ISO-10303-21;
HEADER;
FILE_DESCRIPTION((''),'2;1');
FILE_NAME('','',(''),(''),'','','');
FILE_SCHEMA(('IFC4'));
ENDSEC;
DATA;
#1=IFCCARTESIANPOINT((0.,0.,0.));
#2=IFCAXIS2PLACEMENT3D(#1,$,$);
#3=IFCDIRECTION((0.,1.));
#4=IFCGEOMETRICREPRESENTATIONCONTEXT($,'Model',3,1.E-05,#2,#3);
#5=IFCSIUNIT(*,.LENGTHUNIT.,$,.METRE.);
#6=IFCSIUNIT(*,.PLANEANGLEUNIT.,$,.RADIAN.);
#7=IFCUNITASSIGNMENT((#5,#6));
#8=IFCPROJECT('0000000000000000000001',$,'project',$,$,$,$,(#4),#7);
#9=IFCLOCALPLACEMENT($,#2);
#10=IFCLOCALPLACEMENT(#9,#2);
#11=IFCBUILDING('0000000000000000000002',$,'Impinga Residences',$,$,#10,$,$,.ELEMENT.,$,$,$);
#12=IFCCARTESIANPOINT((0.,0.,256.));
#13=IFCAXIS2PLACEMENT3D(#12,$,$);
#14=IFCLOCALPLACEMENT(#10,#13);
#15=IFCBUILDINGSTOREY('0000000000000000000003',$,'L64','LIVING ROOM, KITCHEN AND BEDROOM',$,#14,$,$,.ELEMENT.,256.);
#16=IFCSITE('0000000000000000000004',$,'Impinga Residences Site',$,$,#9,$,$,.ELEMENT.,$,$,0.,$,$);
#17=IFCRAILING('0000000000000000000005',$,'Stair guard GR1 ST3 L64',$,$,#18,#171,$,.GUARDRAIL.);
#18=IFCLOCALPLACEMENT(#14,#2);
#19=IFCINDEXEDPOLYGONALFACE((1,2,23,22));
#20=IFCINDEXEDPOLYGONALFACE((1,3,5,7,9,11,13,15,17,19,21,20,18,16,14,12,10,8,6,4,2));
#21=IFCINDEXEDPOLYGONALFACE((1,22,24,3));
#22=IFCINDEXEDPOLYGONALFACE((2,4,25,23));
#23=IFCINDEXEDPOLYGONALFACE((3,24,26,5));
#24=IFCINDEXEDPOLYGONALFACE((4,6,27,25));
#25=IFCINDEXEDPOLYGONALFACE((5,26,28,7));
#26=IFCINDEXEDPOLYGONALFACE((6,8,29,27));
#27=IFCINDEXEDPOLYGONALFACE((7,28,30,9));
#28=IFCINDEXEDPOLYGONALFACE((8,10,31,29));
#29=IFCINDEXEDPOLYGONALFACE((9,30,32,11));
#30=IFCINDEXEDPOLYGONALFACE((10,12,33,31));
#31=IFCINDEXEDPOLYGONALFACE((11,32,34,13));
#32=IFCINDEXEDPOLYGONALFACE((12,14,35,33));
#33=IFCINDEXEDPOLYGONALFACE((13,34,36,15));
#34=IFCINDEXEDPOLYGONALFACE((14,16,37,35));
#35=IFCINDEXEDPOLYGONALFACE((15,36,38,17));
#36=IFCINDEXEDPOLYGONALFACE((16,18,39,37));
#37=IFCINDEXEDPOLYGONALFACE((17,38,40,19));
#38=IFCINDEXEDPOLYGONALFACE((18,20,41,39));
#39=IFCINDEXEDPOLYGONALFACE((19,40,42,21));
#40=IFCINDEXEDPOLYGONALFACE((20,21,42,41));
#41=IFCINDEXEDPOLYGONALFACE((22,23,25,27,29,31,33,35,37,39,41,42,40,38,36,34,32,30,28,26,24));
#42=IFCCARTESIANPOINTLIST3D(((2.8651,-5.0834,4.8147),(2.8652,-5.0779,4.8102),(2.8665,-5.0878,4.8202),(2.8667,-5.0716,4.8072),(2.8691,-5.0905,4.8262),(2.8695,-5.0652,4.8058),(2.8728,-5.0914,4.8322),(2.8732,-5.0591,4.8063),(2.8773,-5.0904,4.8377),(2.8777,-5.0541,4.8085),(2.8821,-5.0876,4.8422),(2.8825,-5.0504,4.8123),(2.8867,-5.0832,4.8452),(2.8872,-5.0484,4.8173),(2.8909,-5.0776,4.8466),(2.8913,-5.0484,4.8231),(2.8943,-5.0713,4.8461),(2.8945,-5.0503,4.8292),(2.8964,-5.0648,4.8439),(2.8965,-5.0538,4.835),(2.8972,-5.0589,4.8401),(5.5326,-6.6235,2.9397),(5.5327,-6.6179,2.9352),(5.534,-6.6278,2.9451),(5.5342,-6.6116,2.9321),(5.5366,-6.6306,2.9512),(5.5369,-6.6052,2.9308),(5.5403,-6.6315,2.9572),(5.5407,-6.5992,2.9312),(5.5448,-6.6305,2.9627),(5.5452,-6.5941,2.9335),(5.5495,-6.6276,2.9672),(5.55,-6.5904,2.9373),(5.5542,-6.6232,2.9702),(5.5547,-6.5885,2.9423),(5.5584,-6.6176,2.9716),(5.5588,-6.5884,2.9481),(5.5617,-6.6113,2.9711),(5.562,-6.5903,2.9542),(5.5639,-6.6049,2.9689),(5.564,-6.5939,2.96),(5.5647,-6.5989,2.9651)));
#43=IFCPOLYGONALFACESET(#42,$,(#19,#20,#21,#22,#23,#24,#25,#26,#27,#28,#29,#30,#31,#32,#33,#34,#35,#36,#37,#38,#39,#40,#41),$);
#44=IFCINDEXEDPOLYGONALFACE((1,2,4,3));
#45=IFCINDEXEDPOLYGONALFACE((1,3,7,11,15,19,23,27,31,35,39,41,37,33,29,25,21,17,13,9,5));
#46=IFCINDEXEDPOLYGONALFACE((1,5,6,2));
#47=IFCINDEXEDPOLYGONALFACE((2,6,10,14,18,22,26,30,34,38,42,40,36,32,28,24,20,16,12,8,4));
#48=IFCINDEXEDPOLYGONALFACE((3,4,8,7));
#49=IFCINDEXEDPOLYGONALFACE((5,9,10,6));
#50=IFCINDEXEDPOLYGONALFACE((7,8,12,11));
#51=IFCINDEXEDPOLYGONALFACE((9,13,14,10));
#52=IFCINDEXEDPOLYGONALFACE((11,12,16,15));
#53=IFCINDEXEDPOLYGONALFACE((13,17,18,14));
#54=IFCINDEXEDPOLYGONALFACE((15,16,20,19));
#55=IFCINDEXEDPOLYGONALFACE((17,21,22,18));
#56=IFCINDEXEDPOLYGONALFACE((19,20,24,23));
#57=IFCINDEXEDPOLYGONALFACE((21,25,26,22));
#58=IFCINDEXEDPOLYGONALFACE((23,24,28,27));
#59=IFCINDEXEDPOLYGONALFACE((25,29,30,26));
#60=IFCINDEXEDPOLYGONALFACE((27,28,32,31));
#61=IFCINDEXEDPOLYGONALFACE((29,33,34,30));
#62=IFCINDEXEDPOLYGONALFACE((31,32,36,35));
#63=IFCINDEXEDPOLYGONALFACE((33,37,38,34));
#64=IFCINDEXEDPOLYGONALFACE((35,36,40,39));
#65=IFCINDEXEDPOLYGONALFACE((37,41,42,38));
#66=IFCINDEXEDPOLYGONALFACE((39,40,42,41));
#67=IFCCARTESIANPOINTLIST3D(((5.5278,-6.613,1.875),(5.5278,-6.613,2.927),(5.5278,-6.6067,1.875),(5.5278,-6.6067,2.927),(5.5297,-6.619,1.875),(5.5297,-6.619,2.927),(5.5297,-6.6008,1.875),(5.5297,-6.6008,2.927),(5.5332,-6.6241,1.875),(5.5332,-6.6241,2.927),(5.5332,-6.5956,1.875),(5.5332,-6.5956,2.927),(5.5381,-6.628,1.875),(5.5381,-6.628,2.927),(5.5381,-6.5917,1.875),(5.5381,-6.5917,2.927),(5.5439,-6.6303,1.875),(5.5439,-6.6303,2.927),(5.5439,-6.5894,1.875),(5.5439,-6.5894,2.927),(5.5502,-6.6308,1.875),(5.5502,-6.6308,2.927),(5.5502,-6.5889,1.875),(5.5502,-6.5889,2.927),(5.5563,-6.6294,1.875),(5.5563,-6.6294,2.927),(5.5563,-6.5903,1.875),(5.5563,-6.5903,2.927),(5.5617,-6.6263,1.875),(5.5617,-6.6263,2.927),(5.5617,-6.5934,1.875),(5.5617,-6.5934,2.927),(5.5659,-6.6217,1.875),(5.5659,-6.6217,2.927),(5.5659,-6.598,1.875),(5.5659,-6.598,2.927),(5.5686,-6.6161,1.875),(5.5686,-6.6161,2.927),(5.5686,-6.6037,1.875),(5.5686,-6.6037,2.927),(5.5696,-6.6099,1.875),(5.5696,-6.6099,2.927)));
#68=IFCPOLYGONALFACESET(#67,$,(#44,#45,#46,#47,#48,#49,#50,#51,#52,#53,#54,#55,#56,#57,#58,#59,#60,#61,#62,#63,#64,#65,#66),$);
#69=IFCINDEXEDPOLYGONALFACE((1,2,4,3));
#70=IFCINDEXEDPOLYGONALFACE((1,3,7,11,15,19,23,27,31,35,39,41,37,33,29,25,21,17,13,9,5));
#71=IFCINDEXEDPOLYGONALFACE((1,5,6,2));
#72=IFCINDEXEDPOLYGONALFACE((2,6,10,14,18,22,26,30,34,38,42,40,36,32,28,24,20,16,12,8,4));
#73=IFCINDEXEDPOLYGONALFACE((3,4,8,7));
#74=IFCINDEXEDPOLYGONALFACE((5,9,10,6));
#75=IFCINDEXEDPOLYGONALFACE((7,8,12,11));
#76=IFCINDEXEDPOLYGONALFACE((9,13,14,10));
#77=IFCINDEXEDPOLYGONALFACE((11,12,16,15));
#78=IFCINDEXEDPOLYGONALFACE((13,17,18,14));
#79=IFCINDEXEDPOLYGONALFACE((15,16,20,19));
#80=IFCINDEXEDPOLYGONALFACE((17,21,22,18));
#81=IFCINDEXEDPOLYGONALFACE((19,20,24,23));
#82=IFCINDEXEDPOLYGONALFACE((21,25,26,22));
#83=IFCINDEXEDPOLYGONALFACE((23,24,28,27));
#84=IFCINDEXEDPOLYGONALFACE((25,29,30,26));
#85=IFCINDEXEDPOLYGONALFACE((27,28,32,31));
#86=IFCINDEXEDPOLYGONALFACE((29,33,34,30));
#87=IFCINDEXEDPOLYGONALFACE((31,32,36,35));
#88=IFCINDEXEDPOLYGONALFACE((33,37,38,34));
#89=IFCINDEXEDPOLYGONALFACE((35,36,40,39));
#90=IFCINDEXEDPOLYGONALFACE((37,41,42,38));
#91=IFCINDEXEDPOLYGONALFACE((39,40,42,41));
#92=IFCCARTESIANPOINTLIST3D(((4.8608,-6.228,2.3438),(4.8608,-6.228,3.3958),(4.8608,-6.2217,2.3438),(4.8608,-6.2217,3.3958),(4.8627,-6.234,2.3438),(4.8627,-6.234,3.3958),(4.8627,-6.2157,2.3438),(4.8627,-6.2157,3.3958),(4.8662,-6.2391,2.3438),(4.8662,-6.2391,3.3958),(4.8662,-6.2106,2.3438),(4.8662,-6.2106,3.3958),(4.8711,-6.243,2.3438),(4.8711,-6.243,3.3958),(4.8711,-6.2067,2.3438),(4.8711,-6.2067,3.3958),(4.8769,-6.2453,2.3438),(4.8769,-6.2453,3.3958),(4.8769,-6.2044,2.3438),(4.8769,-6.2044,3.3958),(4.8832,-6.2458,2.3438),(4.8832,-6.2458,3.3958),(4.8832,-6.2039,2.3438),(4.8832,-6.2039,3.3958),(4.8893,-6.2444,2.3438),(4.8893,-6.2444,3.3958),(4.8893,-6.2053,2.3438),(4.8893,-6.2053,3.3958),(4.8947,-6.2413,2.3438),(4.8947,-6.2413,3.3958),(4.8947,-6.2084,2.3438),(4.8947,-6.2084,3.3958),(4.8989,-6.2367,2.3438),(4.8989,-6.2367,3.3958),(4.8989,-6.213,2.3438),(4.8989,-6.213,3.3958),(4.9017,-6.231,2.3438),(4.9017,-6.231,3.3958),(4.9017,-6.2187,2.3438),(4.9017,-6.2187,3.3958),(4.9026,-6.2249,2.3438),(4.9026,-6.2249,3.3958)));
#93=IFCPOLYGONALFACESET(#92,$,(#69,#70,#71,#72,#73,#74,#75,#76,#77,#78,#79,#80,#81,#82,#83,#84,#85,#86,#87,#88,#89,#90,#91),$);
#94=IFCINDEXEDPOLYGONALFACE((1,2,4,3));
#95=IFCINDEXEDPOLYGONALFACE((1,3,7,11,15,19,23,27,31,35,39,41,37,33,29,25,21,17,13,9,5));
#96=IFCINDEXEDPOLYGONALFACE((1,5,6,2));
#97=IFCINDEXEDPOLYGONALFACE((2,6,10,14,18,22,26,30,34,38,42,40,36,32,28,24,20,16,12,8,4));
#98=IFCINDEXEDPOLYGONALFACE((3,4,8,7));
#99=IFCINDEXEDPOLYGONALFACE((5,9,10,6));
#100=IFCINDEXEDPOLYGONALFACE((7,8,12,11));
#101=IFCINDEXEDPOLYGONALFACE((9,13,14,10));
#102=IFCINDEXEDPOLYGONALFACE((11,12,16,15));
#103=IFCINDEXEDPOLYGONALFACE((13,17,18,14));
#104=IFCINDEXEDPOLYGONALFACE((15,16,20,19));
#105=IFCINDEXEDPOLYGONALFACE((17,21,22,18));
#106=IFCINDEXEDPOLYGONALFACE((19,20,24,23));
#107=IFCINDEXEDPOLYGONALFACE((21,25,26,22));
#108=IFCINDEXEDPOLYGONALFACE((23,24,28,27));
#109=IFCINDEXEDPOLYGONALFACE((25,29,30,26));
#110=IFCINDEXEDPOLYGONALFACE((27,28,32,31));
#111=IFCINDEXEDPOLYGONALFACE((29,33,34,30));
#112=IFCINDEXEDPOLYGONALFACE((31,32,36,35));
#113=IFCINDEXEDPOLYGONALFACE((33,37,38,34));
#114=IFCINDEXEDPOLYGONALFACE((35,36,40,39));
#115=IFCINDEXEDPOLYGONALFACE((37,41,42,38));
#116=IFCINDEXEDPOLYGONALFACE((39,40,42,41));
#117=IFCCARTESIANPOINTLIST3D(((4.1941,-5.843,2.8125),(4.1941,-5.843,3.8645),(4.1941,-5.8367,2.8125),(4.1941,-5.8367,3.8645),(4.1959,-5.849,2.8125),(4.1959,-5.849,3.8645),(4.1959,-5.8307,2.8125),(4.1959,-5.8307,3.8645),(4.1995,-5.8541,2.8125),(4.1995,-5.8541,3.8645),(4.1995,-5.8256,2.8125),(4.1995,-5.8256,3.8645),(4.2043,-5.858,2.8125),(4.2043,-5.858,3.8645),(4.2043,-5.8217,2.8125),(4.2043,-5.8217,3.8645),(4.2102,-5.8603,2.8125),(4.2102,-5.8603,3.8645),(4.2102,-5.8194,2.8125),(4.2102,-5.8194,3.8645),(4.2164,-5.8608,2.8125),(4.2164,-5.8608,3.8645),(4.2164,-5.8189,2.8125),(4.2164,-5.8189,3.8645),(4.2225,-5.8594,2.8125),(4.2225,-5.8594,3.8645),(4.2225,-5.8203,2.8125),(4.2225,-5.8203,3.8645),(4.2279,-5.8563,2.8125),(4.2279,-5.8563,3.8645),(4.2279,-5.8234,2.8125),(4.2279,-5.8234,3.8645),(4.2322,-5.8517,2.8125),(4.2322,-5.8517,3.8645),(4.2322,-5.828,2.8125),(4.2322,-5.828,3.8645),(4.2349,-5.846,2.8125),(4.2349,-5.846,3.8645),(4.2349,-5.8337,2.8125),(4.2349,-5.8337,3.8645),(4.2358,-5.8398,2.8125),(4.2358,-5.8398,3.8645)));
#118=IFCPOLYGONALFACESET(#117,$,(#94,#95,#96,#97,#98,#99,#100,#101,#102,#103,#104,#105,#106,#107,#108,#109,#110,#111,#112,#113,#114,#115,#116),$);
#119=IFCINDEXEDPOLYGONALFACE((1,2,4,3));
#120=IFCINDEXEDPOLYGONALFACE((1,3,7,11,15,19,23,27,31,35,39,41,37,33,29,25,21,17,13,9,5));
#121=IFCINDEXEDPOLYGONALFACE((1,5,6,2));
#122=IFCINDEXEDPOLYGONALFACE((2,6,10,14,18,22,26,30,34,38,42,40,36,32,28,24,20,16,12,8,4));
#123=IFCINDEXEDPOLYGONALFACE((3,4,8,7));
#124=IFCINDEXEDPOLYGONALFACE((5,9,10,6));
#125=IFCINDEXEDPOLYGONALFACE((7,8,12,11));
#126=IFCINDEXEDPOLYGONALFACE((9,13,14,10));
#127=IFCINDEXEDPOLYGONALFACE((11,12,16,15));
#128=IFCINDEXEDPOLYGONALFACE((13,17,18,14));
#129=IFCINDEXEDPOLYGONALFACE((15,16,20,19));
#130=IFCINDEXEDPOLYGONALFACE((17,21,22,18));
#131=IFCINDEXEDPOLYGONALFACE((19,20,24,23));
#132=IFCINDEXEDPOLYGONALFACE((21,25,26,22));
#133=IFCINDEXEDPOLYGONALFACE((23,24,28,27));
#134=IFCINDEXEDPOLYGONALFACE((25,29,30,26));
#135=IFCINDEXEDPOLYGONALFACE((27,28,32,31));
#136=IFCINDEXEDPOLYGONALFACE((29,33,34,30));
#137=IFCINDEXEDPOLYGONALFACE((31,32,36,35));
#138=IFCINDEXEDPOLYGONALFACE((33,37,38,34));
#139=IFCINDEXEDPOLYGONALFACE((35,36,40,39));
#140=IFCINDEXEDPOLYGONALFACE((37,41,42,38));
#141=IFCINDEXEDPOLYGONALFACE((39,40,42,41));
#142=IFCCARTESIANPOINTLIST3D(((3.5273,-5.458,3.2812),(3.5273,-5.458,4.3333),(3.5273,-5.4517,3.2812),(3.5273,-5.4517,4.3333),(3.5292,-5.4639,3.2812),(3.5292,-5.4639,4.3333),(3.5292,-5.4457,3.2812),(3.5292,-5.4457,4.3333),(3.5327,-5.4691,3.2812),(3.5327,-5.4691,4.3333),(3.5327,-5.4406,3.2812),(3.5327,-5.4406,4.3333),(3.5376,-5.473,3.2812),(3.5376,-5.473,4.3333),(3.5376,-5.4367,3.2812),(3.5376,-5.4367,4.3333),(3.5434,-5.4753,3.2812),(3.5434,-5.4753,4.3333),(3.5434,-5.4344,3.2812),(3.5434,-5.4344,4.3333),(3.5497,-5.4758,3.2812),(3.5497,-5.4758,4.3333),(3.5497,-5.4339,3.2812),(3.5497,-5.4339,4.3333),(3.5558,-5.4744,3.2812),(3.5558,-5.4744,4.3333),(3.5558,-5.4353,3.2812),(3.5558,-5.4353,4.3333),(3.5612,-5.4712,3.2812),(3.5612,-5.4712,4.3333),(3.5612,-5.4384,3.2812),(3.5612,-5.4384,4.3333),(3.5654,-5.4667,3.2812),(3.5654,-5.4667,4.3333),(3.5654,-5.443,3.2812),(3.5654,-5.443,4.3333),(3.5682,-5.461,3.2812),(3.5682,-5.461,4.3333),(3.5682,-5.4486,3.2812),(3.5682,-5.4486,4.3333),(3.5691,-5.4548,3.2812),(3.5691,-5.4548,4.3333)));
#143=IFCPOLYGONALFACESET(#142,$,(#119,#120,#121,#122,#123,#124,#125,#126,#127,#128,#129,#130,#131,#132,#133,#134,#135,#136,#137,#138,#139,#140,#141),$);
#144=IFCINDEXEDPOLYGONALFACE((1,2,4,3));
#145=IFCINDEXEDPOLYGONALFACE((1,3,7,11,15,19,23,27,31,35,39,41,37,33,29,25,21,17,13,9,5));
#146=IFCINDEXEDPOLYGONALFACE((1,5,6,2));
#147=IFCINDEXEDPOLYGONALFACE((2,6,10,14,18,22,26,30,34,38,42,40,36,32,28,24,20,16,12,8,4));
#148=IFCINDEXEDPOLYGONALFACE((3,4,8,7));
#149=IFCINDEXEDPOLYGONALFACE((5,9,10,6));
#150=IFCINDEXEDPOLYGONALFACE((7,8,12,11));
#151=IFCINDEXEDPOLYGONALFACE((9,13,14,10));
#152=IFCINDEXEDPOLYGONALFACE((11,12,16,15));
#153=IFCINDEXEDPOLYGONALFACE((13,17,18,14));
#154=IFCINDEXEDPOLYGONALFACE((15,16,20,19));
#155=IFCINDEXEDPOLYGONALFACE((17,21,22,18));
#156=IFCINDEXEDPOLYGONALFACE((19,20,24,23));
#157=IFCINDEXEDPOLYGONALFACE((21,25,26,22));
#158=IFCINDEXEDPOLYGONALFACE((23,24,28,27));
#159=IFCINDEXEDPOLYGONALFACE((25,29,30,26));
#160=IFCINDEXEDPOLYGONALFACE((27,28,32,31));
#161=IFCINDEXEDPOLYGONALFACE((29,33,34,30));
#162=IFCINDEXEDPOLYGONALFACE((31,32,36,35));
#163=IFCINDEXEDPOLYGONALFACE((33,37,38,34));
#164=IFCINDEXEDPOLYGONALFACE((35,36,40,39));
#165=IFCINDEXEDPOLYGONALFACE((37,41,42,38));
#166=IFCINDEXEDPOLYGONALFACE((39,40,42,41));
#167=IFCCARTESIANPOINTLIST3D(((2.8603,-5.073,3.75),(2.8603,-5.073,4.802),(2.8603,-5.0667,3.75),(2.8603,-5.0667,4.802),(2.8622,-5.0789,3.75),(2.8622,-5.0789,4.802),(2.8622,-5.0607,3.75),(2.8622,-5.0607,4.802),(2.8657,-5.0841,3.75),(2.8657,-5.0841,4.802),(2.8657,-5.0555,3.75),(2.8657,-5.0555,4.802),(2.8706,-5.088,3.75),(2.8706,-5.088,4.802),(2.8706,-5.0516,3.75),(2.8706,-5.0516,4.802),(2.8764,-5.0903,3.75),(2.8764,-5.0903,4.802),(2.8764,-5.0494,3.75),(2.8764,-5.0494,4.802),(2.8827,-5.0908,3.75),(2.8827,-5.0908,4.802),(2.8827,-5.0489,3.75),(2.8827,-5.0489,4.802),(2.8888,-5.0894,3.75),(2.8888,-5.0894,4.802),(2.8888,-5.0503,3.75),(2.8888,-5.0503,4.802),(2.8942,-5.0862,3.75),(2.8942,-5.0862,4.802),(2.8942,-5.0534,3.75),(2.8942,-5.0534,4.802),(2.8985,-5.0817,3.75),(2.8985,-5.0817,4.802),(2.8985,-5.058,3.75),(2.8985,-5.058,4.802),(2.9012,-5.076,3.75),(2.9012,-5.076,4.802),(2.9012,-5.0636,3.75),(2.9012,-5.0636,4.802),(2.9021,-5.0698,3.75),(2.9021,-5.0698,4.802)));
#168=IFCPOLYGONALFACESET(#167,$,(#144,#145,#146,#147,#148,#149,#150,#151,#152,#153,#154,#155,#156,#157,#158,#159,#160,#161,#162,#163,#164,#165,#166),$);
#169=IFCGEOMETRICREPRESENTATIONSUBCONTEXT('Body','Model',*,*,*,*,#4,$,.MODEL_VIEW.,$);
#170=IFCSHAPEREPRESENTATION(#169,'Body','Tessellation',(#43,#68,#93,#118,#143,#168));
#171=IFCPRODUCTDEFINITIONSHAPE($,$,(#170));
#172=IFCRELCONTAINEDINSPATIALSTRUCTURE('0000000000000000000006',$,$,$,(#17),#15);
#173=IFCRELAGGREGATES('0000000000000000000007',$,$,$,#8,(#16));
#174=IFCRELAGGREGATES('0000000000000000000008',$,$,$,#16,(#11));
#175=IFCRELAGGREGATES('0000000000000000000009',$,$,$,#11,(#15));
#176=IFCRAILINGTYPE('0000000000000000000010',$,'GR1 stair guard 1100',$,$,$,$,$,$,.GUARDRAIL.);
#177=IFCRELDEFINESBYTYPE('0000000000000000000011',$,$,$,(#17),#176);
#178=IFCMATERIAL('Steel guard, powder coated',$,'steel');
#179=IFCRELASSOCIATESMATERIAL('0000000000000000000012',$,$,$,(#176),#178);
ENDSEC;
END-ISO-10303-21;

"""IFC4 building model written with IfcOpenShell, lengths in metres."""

from ifc_helpers import new_model, si_unit, direction, frame, origin, origin_2d, place, context, subcontext, project, spatial, circle, extrude, material, type_object, element, save


model = new_model("IFC4")

# Units and contexts
model_context = context("Model", 3, precision=1e-05, world=origin(), true_north=direction((0.0, 1.0)))
body_context = subcontext(model_context, "Body", "Model", "MODEL_VIEW")
ifc_project = project(units=[si_unit("LENGTHUNIT", "METRE"), si_unit("PLANEANGLEUNIT", "RADIAN")], contexts=[model_context])

# Site, building, storey
site_placement = place(None, origin())
site = spatial("IfcSite", under=ifc_project, at=site_placement, Name="Impinga Residences Site", CompositionType="ELEMENT", RefElevation=0.0)
building_placement = place(site_placement, origin())
building = spatial("IfcBuilding", under=site, at=building_placement, Name="Impinga Residences", CompositionType="ELEMENT")
storey_placement = place(building_placement, frame((0.0, 0.0, 256.0)))
storey = spatial("IfcBuildingStorey", under=building, at=storey_placement, Name="L64", Description="LIVING ROOM, KITCHEN AND BEDROOM", CompositionType="ELEMENT", Elevation=256.0)

# Railing
ifc_material_1 = material(Name="Steel guard, powder coated", Category="steel")
railing_type_1 = type_object("IfcRailingType", Name="GR1 stair guard 1100", PredefinedType="GUARDRAIL", material=ifc_material_1)
railing_1_placement = place(storey_placement, frame((5.5486, -6.6099, 1.875)))
element("IfcRailing", 1, at=railing_1_placement, inside=storey, type_object=railing_type_1, Name="Stair guard GR1 ST3 L64", PredefinedType="GUARDRAIL", context=body_context, shape_type="SweptSolid", body=[
    extrude(circle(Radius=0.0239, at=origin_2d()), frame((0.0, 0.0, 1.0762), z_axis=(-0.739746, 0.427084, 0.519975), x_axis=(-0.499992, -0.86603, 0.0)), (0.0, 0.0, 1.0), 3.606),
    extrude(circle(Radius=0.021, at=origin_2d()), origin(), (0.0, 0.0, 1.0), 1.052),
    extrude(circle(Radius=0.021, at=origin_2d()), frame((-0.667, 0.385, 0.4688)), (0.0, 0.0, 1.0), 1.052),
    extrude(circle(Radius=0.021, at=origin_2d()), frame((-1.3337, 0.77, 0.9375)), (0.0, 0.0, 1.0), 1.052),
    extrude(circle(Radius=0.021, at=origin_2d()), frame((-2.0005, 1.155, 1.4062)), (0.0, 0.0, 1.0), 1.052),
    extrude(circle(Radius=0.021, at=origin_2d()), frame((-2.6675, 1.54, 1.875)), (0.0, 0.0, 1.0), 1.052),
])

save(model, "model.ifc")
